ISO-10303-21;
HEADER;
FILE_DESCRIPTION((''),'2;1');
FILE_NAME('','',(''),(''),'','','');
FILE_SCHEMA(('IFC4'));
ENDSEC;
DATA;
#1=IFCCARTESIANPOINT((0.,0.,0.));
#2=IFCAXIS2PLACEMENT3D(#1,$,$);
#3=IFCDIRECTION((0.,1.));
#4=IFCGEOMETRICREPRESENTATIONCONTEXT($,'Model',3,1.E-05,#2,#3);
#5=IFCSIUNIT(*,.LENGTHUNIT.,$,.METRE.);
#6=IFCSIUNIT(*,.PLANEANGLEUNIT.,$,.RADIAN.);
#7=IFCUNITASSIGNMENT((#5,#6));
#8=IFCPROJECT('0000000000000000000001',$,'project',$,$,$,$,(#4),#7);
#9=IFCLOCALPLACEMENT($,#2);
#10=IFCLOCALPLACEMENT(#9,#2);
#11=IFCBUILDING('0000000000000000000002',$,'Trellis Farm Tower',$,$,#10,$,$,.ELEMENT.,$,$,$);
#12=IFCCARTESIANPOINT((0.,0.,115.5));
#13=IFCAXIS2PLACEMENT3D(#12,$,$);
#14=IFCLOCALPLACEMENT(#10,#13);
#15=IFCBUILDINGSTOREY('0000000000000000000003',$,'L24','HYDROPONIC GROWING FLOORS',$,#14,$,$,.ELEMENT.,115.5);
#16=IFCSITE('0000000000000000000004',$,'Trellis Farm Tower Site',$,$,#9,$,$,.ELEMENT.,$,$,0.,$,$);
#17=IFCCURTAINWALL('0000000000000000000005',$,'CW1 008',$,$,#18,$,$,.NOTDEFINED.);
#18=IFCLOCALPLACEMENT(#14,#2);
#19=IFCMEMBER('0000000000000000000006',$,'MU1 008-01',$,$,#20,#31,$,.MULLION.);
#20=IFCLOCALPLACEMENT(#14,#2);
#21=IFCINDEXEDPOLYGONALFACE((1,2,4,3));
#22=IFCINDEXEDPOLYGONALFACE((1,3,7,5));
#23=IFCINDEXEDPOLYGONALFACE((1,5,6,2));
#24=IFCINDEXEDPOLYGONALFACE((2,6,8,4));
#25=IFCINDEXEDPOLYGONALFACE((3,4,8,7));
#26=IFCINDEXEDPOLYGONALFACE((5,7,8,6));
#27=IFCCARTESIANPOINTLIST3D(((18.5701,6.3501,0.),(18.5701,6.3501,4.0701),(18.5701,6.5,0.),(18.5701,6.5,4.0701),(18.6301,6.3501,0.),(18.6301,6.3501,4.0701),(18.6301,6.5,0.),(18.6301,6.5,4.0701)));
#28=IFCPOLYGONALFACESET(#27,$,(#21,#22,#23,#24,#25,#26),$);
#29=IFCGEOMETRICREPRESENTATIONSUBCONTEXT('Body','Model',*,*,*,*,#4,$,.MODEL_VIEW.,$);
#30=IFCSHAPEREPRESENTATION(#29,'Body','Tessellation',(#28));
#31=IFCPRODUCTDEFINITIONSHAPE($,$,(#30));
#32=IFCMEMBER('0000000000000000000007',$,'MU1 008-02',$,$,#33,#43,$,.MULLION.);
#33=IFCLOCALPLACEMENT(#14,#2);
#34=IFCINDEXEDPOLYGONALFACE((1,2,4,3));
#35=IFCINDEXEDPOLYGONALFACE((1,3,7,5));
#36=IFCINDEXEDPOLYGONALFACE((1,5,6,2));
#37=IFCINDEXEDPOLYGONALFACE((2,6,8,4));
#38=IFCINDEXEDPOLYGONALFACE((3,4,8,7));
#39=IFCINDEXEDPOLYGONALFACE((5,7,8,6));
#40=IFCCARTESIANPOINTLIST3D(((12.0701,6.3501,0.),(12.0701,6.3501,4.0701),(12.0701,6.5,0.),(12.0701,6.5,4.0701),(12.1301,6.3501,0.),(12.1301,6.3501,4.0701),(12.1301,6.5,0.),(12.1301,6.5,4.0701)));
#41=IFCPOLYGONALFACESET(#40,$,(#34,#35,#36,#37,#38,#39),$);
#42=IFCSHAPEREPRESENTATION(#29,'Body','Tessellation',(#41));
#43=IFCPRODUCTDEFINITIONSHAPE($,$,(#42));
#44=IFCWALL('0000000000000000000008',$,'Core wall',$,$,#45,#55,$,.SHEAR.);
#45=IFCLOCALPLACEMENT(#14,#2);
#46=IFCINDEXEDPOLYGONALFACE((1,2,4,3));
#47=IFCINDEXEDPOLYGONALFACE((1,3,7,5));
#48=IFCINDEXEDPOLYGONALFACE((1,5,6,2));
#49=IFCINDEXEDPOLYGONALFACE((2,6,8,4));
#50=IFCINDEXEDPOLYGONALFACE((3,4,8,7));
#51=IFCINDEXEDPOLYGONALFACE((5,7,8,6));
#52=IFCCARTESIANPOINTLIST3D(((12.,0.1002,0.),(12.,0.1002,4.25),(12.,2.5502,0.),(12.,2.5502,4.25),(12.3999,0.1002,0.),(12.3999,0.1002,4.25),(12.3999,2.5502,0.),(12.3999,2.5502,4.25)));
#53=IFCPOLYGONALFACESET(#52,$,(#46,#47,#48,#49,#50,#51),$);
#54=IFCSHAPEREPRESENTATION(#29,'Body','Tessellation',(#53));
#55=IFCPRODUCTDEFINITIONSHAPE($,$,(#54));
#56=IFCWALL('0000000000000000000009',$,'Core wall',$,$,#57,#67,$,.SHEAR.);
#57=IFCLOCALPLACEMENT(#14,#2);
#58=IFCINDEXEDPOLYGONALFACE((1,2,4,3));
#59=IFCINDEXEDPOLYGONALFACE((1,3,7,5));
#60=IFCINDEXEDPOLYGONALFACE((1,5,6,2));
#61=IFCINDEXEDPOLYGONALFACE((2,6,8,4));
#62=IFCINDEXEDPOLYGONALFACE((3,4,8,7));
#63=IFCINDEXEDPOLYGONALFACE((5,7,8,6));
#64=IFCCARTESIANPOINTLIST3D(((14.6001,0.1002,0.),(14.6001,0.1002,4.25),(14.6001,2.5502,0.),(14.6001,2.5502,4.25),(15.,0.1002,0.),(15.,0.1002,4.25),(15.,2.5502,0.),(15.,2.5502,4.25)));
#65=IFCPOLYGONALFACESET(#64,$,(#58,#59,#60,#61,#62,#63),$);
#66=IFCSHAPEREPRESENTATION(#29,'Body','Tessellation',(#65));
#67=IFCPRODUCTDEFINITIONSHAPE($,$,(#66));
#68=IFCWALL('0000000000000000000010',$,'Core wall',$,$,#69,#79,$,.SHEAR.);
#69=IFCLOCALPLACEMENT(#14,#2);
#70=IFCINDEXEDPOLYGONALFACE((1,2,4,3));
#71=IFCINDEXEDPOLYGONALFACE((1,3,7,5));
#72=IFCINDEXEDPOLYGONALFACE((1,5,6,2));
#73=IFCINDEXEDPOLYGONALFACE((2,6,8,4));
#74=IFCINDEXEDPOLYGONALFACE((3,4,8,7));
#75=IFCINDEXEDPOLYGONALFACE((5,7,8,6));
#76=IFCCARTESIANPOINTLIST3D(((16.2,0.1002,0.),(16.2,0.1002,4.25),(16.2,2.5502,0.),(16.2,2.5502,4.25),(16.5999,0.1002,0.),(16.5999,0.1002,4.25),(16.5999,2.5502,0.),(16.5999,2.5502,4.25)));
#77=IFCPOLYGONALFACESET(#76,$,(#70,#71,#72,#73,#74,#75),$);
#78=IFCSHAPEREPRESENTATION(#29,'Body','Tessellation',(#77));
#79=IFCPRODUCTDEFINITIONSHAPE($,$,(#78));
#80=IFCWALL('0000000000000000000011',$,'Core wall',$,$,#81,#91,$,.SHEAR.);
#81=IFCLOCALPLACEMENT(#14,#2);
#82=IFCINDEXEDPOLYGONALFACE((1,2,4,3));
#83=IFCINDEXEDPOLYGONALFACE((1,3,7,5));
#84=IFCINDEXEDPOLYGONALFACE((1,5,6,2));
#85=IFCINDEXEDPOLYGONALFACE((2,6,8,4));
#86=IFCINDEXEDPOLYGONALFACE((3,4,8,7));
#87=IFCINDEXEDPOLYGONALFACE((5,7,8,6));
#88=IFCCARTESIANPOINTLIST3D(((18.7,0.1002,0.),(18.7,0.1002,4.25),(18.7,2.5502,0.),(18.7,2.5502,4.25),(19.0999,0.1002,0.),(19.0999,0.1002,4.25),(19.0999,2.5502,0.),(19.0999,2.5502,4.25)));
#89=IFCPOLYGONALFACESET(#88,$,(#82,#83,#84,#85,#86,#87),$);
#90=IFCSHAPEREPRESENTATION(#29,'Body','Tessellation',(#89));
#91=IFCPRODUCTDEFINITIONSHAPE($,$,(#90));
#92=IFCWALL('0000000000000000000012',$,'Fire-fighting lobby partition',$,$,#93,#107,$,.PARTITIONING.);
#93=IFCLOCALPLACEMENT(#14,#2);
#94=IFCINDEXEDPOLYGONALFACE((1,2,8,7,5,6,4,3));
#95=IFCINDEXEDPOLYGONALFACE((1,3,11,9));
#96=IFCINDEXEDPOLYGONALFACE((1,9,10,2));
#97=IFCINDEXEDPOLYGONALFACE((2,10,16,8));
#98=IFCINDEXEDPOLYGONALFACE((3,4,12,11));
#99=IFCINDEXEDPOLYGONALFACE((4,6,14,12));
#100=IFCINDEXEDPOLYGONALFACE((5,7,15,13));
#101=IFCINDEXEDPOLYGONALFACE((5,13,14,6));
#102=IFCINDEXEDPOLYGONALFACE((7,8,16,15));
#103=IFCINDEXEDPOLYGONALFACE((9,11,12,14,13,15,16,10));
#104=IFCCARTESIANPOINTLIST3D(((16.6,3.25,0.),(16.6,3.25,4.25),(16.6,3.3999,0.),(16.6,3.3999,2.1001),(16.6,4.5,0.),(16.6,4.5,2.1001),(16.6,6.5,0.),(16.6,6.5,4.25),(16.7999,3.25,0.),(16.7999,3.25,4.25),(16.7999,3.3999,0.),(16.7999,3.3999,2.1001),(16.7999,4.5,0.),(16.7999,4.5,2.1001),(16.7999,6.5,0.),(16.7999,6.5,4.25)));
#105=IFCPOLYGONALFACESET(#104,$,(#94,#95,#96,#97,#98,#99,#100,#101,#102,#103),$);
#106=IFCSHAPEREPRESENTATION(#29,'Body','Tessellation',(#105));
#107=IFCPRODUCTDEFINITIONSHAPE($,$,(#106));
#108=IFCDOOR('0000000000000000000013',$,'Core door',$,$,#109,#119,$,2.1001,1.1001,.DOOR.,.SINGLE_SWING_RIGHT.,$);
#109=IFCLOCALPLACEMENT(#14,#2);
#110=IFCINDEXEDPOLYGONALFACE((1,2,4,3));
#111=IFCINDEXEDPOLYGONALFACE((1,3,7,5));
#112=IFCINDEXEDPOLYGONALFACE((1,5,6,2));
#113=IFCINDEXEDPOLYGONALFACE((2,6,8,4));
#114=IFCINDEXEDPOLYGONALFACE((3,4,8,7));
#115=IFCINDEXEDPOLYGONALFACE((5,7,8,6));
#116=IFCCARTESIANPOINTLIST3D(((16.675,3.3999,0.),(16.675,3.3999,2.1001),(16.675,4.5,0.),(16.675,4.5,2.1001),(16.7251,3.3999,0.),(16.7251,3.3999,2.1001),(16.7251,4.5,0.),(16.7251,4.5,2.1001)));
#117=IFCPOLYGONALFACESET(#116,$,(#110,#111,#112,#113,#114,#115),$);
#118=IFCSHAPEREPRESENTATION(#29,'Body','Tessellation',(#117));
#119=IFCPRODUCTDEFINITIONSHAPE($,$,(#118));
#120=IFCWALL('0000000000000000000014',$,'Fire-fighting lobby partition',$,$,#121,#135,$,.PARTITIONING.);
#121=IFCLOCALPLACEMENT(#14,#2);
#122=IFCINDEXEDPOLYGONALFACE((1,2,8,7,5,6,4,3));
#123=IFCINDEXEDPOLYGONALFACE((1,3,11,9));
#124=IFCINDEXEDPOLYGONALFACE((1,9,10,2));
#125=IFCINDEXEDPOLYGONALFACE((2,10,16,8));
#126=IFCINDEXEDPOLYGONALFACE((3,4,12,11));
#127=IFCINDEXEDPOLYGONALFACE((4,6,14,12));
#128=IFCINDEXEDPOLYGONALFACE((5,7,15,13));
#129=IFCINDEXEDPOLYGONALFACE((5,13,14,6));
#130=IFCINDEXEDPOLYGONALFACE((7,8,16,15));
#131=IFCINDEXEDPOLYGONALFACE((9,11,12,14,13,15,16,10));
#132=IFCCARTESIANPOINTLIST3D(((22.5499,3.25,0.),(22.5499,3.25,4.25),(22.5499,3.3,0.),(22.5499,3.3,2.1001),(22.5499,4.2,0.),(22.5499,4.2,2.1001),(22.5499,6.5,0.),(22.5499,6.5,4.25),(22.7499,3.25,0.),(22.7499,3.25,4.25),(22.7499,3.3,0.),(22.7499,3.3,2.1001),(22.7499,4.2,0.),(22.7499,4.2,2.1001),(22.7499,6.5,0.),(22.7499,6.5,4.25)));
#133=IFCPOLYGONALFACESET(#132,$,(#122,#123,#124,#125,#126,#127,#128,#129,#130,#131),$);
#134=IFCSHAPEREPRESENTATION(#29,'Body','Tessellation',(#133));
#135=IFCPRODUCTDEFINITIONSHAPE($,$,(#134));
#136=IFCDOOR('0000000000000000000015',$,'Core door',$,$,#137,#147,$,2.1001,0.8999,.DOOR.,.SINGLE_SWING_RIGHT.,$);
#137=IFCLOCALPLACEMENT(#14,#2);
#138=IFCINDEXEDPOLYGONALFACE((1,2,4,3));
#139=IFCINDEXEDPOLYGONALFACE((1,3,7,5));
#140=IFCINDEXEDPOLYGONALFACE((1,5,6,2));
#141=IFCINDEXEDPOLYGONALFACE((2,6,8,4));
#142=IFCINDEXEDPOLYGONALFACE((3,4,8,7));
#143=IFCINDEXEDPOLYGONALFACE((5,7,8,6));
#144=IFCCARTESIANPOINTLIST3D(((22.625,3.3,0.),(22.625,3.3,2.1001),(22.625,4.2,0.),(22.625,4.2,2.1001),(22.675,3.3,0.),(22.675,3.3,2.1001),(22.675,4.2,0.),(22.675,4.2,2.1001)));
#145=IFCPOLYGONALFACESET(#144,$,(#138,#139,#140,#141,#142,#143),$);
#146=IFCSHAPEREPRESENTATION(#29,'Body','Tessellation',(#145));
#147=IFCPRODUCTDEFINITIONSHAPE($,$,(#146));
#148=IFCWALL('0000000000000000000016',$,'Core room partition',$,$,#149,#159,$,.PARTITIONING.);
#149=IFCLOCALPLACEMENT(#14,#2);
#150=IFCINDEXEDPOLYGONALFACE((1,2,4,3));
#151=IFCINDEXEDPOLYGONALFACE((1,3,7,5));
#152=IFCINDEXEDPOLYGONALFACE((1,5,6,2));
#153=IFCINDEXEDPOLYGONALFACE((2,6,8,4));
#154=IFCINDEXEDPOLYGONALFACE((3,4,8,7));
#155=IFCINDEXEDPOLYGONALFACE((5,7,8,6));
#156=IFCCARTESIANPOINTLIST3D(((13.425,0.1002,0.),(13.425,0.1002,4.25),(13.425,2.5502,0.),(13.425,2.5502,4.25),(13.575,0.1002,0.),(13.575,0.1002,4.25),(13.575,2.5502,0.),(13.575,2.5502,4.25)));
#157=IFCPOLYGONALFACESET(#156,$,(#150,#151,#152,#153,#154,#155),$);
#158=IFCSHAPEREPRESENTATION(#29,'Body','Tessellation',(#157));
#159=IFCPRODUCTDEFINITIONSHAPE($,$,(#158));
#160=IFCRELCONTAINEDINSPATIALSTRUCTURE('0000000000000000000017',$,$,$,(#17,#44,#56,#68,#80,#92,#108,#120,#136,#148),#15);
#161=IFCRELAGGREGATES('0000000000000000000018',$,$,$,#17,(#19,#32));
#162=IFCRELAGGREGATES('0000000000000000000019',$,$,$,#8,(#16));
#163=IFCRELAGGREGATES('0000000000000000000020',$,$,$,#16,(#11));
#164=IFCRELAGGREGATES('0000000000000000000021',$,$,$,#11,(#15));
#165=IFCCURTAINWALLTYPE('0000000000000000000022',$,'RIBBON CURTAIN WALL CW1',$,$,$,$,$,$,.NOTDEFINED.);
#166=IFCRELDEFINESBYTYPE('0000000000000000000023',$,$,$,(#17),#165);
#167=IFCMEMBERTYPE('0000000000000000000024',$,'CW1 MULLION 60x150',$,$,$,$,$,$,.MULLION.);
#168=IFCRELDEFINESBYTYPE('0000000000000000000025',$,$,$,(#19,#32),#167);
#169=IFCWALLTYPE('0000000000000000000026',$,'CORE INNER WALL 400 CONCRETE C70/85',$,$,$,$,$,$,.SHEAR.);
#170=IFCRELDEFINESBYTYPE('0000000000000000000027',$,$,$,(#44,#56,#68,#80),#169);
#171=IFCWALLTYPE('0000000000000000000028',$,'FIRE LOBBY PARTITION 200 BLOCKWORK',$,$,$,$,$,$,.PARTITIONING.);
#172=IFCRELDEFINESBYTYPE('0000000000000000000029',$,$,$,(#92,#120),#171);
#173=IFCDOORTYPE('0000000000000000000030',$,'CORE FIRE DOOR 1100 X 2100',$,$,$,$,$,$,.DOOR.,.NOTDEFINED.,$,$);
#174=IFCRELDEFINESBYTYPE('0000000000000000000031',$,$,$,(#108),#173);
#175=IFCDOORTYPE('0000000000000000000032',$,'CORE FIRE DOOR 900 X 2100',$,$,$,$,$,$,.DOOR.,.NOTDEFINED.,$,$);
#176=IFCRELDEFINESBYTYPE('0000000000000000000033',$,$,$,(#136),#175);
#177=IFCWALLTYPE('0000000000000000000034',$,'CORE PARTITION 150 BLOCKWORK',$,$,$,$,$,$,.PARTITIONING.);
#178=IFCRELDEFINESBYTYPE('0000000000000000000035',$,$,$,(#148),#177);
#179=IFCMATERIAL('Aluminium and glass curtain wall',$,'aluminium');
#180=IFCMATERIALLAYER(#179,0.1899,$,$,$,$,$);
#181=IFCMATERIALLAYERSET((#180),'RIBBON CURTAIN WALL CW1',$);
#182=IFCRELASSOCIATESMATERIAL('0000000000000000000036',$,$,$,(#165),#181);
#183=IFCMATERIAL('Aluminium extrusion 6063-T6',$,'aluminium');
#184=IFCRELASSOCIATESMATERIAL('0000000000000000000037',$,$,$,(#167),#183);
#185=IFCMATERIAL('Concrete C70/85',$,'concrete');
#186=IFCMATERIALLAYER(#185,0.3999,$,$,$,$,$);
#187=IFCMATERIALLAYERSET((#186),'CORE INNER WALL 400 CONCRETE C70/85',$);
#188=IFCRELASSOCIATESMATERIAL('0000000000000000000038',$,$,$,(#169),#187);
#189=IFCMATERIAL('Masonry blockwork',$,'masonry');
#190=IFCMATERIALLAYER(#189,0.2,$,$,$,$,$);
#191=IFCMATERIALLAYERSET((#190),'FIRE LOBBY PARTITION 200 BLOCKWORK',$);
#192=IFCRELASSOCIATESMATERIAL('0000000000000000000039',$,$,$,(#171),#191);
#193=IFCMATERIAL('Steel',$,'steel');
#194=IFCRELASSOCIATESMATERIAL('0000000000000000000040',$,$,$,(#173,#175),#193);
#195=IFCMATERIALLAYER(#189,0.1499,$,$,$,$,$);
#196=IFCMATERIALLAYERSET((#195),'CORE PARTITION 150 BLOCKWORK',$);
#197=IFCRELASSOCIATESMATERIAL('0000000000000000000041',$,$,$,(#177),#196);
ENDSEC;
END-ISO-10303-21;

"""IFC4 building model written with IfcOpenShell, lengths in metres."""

from ifc_helpers import new_model, si_unit, direction, frame, frame_2d, origin, origin_2d, place, context, subcontext, project, spatial, rectangle, extrude, source, transform, mapped, material, layer, layer_set, material_profile, profile_set, type_object, element, fill, aggregate, save


model = new_model("IFC4")

# Units and contexts
model_context = context("Model", 3, precision=1e-05, world=origin(), true_north=direction((0.0, 1.0)))
body_context = subcontext(model_context, "Body", "Model", "MODEL_VIEW")
ifc_project = project(units=[si_unit("LENGTHUNIT", "METRE"), si_unit("PLANEANGLEUNIT", "RADIAN")], contexts=[model_context])

# Site, building, storey
site_placement = place(None, origin())
site = spatial("IfcSite", under=ifc_project, at=site_placement, Name="Trellis Farm Tower Site", CompositionType="ELEMENT", RefElevation=0.0)
building_placement = place(site_placement, origin())
building = spatial("IfcBuilding", under=site, at=building_placement, Name="Trellis Farm Tower", CompositionType="ELEMENT")
storey_placement = place(building_placement, frame((0.0, 0.0, 115.5)))
storey = spatial("IfcBuildingStorey", under=building, at=storey_placement, Name="L24", Description="HYDROPONIC GROWING FLOORS", CompositionType="ELEMENT", Elevation=115.5)

# Curtain wall, members
ifc_material_1 = material(Name="Aluminium and glass curtain wall", Category="aluminium")
ifc_layer_1 = layer(ifc_material_1, 0.1899)
ifc_layer_set_1 = layer_set([ifc_layer_1], Name="RIBBON CURTAIN WALL CW1")
curtain_wall_type = type_object("IfcCurtainWallType", Name="RIBBON CURTAIN WALL CW1", PredefinedType="NOTDEFINED", material=ifc_layer_set_1)
placement = place(storey_placement, origin())
ifc_material_2 = material(Name="Aluminium extrusion 6063-T6", Category="aluminium")
ifc_material_profile_1 = material_profile(ifc_material_2, rectangle(XDim=0.0601, YDim=0.1499, at=origin_2d()), Name="MULLION 60x150")
ifc_profile_set_1 = profile_set([ifc_material_profile_1], Name="Aluminium extrusion 6063-T6")
member_type = type_object("IfcMemberType", Name="CW1 MULLION 60x150", PredefinedType="MULLION", material=ifc_profile_set_1)
shared_shape_1 = source(origin(), body_context, "Body", "SweptSolid", [
    extrude(rectangle(XDim=0.0601, YDim=0.1499, at=origin_2d()), origin(), (0.0, 0.0, 1.0), 4.0701),
])
curtain_wall_1 = element("IfcCurtainWall", 1, at=placement, inside=storey, type_object=curtain_wall_type, Name="CW1 008", PredefinedType="NOTDEFINED")
member_1_placement = place(storey_placement, frame((18.6001, 6.425, 0.0), z_axis=(0.0, 0.0, 1.0), x_axis=(-1.0, 0.0, 0.0)))
member_1 = element("IfcMember", 2, at=member_1_placement, type_object=member_type, Name="MU1 008-01", PredefinedType="MULLION", context=body_context, shape_type="MappedRepresentation", body=[
    mapped(shared_shape_1, transform((0.0, 0.0, 0.0))),
])
member_2_placement = place(storey_placement, frame((12.1001, 6.425, 0.0), z_axis=(0.0, 0.0, 1.0), x_axis=(-1.0, 0.0, 0.0)))
member_2 = element("IfcMember", 3, at=member_2_placement, type_object=member_type, Name="MU1 008-02", PredefinedType="MULLION", context=body_context, shape_type="MappedRepresentation", body=[
    mapped(shared_shape_1, transform((0.0, 0.0, 0.0))),
])
aggregate(curtain_wall_1, [member_1, member_2])

# Walls
ifc_material_3 = material(Name="Concrete C70/85", Category="concrete")
ifc_layer_2 = layer(ifc_material_3, 0.3999)
ifc_layer_set_2 = layer_set([ifc_layer_2], Name="CORE INNER WALL 400 CONCRETE C70/85")
wall_type_1 = type_object("IfcWallType", Name="CORE INNER WALL 400 CONCRETE C70/85", PredefinedType="SHEAR", material=ifc_layer_set_2)
shared_shape_2 = source(origin(), body_context, "Body", "SweptSolid", [
    extrude(rectangle(XDim=2.45, YDim=0.3999, at=frame_2d((1.2251, 0.0))), origin(), (0.0, 0.0, 1.0), 4.25),
])
for number, where, z_axis, x_axis, name in (
    (4, (12.2, 0.1001, 0.0), (0.0, 0.0, 1.0), (0.0, 1.0, 0.0), "Core wall"),
    (5, (14.8, 0.1001, 0.0), (0.0, 0.0, 1.0), (0.0, 1.0, 0.0), "Core wall"),
    (6, (16.3999, 0.1001, 0.0), (0.0, 0.0, 1.0), (0.0, 1.0, 0.0), "Core wall"),
    (7, (18.8999, 0.1001, 0.0), (0.0, 0.0, 1.0), (0.0, 1.0, 0.0), "Core wall"),
):
    element("IfcWall", number, at=place(storey_placement, frame(where, z_axis=z_axis, x_axis=x_axis)), inside=storey, type_object=wall_type_1, Name=name, PredefinedType="SHEAR", context=body_context, shape_type="MappedRepresentation", body=[
        mapped(shared_shape_2, transform((0.0, 0.0, 0.0))),
    ])

# Walls, openings, doors
ifc_material_4 = material(Name="Masonry blockwork", Category="masonry")
ifc_layer_3 = layer(ifc_material_4, 0.2)
ifc_layer_set_3 = layer_set([ifc_layer_3], Name="FIRE LOBBY PARTITION 200 BLOCKWORK")
wall_type_2 = type_object("IfcWallType", Name="FIRE LOBBY PARTITION 200 BLOCKWORK", PredefinedType="PARTITIONING", material=ifc_layer_set_3)
shared_shape_3 = source(origin(), body_context, "Body", "SweptSolid", [
    extrude(rectangle(XDim=3.25, YDim=0.2, at=frame_2d((1.625, 0.0))), origin(), (0.0, 0.0, 1.0), 4.25),
])
wall_1_placement = place(storey_placement, frame((16.7, 3.25, 0.0), z_axis=(0.0, 0.0, 1.0), x_axis=(0.0, 1.0, 0.0)))
wall_1 = element("IfcWall", 8, at=wall_1_placement, inside=storey, type_object=wall_type_2, Name="Fire-fighting lobby partition", PredefinedType="PARTITIONING", context=body_context, shape_type="MappedRepresentation", body=[
    mapped(shared_shape_3, transform((0.0, 0.0, 0.0))),
])
shared_shape_4 = source(origin(), body_context, "Body", "SweptSolid", [
    extrude(rectangle(XDim=1.1001, YDim=2.1001, at=frame_2d((0.55, 1.05))), frame((0.0, 0.1101, 0.0), z_axis=(0.0, -1.0, 0.0), x_axis=(1.0, 0.0, 0.0)), (0.0, 0.0, 1.0), 0.2202),
])
opening_1_placement = place(wall_1_placement, frame((0.1499, 0.0, 0.0)))
opening_1 = element("IfcOpeningElement", 9, at=opening_1_placement, cuts=wall_1, PredefinedType="OPENING", context=body_context, shape_type="MappedRepresentation", body=[
    mapped(shared_shape_4, transform((0.0, 0.0, 0.0))),
])
ifc_material_5 = material(Name="Steel", Category="steel")
door_type_1 = type_object("IfcDoorType", Name="CORE FIRE DOOR 1100 X 2100", OperationType="NOTDEFINED", PredefinedType="DOOR", material=ifc_material_5)
shared_shape_5 = source(origin(), body_context, "Body", "SweptSolid", [
    extrude(rectangle(XDim=1.1001, YDim=2.1001, at=frame_2d((0.55, 1.05))), frame((0.0, 0.0249, 0.0), z_axis=(0.0, -1.0, 0.0), x_axis=(1.0, 0.0, 0.0)), (0.0, 0.0, 1.0), 0.05),
])
door_1_placement = place(opening_1_placement, origin())
door_1 = element("IfcDoor", 10, at=door_1_placement, inside=storey, type_object=door_type_1, Name="Core door", OperationType="SINGLE_SWING_RIGHT", OverallHeight=2.1001, OverallWidth=1.1001, PredefinedType="DOOR", context=body_context, shape_type="MappedRepresentation", body=[
    mapped(shared_shape_5, transform((0.0, 0.0, 0.0))),
])
fill(opening_1, door_1)
wall_2_placement = place(storey_placement, frame((22.6499, 3.25, 0.0), z_axis=(0.0, 0.0, 1.0), x_axis=(0.0, 1.0, 0.0)))
wall_2 = element("IfcWall", 11, at=wall_2_placement, inside=storey, type_object=wall_type_2, Name="Fire-fighting lobby partition", PredefinedType="PARTITIONING", context=body_context, shape_type="MappedRepresentation", body=[
    mapped(shared_shape_3, transform((0.0, 0.0, 0.0))),
])
shared_shape_6 = source(origin(), body_context, "Body", "SweptSolid", [
    extrude(rectangle(XDim=0.8999, YDim=2.1001, at=frame_2d((0.45, 1.05))), frame((0.0, 0.1101, 0.0), z_axis=(0.0, -1.0, 0.0), x_axis=(1.0, 0.0, 0.0)), (0.0, 0.0, 1.0), 0.2202),
])
opening_2_placement = place(wall_2_placement, frame((0.05, 0.0, 0.0)))
opening_2 = element("IfcOpeningElement", 12, at=opening_2_placement, cuts=wall_2, PredefinedType="OPENING", context=body_context, shape_type="MappedRepresentation", body=[
    mapped(shared_shape_6, transform((0.0, 0.0, 0.0))),
])
door_type_2 = type_object("IfcDoorType", Name="CORE FIRE DOOR 900 X 2100", OperationType="NOTDEFINED", PredefinedType="DOOR", material=ifc_material_5)
shared_shape_7 = source(origin(), body_context, "Body", "SweptSolid", [
    extrude(rectangle(XDim=0.8999, YDim=2.1001, at=frame_2d((0.45, 1.05))), frame((0.0, 0.0249, 0.0), z_axis=(0.0, -1.0, 0.0), x_axis=(1.0, 0.0, 0.0)), (0.0, 0.0, 1.0), 0.05),
])
door_2_placement = place(opening_2_placement, origin())
door_2 = element("IfcDoor", 13, at=door_2_placement, inside=storey, type_object=door_type_2, Name="Core door", OperationType="SINGLE_SWING_RIGHT", OverallHeight=2.1001, OverallWidth=0.8999, PredefinedType="DOOR", context=body_context, shape_type="MappedRepresentation", body=[
    mapped(shared_shape_7, transform((0.0, 0.0, 0.0))),
])
fill(opening_2, door_2)

# Wall
ifc_layer_4 = layer(ifc_material_4, 0.1499)
ifc_layer_set_4 = layer_set([ifc_layer_4], Name="CORE PARTITION 150 BLOCKWORK")
wall_type_3 = type_object("IfcWallType", Name="CORE PARTITION 150 BLOCKWORK", PredefinedType="PARTITIONING", material=ifc_layer_set_4)
shared_shape_8 = source(origin(), body_context, "Body", "SweptSolid", [
    extrude(rectangle(XDim=2.45, YDim=0.1499, at=frame_2d((1.2251, 0.0))), origin(), (0.0, 0.0, 1.0), 4.25),
])
wall_3_placement = place(storey_placement, frame((13.5, 0.1001, 0.0), z_axis=(0.0, 0.0, 1.0), x_axis=(0.0, 1.0, 0.0)))
element("IfcWall", 14, at=wall_3_placement, inside=storey, type_object=wall_type_3, Name="Core room partition", PredefinedType="PARTITIONING", context=body_context, shape_type="MappedRepresentation", body=[
    mapped(shared_shape_8, transform((0.0, 0.0, 0.0))),
])

save(model, "model.ifc")
